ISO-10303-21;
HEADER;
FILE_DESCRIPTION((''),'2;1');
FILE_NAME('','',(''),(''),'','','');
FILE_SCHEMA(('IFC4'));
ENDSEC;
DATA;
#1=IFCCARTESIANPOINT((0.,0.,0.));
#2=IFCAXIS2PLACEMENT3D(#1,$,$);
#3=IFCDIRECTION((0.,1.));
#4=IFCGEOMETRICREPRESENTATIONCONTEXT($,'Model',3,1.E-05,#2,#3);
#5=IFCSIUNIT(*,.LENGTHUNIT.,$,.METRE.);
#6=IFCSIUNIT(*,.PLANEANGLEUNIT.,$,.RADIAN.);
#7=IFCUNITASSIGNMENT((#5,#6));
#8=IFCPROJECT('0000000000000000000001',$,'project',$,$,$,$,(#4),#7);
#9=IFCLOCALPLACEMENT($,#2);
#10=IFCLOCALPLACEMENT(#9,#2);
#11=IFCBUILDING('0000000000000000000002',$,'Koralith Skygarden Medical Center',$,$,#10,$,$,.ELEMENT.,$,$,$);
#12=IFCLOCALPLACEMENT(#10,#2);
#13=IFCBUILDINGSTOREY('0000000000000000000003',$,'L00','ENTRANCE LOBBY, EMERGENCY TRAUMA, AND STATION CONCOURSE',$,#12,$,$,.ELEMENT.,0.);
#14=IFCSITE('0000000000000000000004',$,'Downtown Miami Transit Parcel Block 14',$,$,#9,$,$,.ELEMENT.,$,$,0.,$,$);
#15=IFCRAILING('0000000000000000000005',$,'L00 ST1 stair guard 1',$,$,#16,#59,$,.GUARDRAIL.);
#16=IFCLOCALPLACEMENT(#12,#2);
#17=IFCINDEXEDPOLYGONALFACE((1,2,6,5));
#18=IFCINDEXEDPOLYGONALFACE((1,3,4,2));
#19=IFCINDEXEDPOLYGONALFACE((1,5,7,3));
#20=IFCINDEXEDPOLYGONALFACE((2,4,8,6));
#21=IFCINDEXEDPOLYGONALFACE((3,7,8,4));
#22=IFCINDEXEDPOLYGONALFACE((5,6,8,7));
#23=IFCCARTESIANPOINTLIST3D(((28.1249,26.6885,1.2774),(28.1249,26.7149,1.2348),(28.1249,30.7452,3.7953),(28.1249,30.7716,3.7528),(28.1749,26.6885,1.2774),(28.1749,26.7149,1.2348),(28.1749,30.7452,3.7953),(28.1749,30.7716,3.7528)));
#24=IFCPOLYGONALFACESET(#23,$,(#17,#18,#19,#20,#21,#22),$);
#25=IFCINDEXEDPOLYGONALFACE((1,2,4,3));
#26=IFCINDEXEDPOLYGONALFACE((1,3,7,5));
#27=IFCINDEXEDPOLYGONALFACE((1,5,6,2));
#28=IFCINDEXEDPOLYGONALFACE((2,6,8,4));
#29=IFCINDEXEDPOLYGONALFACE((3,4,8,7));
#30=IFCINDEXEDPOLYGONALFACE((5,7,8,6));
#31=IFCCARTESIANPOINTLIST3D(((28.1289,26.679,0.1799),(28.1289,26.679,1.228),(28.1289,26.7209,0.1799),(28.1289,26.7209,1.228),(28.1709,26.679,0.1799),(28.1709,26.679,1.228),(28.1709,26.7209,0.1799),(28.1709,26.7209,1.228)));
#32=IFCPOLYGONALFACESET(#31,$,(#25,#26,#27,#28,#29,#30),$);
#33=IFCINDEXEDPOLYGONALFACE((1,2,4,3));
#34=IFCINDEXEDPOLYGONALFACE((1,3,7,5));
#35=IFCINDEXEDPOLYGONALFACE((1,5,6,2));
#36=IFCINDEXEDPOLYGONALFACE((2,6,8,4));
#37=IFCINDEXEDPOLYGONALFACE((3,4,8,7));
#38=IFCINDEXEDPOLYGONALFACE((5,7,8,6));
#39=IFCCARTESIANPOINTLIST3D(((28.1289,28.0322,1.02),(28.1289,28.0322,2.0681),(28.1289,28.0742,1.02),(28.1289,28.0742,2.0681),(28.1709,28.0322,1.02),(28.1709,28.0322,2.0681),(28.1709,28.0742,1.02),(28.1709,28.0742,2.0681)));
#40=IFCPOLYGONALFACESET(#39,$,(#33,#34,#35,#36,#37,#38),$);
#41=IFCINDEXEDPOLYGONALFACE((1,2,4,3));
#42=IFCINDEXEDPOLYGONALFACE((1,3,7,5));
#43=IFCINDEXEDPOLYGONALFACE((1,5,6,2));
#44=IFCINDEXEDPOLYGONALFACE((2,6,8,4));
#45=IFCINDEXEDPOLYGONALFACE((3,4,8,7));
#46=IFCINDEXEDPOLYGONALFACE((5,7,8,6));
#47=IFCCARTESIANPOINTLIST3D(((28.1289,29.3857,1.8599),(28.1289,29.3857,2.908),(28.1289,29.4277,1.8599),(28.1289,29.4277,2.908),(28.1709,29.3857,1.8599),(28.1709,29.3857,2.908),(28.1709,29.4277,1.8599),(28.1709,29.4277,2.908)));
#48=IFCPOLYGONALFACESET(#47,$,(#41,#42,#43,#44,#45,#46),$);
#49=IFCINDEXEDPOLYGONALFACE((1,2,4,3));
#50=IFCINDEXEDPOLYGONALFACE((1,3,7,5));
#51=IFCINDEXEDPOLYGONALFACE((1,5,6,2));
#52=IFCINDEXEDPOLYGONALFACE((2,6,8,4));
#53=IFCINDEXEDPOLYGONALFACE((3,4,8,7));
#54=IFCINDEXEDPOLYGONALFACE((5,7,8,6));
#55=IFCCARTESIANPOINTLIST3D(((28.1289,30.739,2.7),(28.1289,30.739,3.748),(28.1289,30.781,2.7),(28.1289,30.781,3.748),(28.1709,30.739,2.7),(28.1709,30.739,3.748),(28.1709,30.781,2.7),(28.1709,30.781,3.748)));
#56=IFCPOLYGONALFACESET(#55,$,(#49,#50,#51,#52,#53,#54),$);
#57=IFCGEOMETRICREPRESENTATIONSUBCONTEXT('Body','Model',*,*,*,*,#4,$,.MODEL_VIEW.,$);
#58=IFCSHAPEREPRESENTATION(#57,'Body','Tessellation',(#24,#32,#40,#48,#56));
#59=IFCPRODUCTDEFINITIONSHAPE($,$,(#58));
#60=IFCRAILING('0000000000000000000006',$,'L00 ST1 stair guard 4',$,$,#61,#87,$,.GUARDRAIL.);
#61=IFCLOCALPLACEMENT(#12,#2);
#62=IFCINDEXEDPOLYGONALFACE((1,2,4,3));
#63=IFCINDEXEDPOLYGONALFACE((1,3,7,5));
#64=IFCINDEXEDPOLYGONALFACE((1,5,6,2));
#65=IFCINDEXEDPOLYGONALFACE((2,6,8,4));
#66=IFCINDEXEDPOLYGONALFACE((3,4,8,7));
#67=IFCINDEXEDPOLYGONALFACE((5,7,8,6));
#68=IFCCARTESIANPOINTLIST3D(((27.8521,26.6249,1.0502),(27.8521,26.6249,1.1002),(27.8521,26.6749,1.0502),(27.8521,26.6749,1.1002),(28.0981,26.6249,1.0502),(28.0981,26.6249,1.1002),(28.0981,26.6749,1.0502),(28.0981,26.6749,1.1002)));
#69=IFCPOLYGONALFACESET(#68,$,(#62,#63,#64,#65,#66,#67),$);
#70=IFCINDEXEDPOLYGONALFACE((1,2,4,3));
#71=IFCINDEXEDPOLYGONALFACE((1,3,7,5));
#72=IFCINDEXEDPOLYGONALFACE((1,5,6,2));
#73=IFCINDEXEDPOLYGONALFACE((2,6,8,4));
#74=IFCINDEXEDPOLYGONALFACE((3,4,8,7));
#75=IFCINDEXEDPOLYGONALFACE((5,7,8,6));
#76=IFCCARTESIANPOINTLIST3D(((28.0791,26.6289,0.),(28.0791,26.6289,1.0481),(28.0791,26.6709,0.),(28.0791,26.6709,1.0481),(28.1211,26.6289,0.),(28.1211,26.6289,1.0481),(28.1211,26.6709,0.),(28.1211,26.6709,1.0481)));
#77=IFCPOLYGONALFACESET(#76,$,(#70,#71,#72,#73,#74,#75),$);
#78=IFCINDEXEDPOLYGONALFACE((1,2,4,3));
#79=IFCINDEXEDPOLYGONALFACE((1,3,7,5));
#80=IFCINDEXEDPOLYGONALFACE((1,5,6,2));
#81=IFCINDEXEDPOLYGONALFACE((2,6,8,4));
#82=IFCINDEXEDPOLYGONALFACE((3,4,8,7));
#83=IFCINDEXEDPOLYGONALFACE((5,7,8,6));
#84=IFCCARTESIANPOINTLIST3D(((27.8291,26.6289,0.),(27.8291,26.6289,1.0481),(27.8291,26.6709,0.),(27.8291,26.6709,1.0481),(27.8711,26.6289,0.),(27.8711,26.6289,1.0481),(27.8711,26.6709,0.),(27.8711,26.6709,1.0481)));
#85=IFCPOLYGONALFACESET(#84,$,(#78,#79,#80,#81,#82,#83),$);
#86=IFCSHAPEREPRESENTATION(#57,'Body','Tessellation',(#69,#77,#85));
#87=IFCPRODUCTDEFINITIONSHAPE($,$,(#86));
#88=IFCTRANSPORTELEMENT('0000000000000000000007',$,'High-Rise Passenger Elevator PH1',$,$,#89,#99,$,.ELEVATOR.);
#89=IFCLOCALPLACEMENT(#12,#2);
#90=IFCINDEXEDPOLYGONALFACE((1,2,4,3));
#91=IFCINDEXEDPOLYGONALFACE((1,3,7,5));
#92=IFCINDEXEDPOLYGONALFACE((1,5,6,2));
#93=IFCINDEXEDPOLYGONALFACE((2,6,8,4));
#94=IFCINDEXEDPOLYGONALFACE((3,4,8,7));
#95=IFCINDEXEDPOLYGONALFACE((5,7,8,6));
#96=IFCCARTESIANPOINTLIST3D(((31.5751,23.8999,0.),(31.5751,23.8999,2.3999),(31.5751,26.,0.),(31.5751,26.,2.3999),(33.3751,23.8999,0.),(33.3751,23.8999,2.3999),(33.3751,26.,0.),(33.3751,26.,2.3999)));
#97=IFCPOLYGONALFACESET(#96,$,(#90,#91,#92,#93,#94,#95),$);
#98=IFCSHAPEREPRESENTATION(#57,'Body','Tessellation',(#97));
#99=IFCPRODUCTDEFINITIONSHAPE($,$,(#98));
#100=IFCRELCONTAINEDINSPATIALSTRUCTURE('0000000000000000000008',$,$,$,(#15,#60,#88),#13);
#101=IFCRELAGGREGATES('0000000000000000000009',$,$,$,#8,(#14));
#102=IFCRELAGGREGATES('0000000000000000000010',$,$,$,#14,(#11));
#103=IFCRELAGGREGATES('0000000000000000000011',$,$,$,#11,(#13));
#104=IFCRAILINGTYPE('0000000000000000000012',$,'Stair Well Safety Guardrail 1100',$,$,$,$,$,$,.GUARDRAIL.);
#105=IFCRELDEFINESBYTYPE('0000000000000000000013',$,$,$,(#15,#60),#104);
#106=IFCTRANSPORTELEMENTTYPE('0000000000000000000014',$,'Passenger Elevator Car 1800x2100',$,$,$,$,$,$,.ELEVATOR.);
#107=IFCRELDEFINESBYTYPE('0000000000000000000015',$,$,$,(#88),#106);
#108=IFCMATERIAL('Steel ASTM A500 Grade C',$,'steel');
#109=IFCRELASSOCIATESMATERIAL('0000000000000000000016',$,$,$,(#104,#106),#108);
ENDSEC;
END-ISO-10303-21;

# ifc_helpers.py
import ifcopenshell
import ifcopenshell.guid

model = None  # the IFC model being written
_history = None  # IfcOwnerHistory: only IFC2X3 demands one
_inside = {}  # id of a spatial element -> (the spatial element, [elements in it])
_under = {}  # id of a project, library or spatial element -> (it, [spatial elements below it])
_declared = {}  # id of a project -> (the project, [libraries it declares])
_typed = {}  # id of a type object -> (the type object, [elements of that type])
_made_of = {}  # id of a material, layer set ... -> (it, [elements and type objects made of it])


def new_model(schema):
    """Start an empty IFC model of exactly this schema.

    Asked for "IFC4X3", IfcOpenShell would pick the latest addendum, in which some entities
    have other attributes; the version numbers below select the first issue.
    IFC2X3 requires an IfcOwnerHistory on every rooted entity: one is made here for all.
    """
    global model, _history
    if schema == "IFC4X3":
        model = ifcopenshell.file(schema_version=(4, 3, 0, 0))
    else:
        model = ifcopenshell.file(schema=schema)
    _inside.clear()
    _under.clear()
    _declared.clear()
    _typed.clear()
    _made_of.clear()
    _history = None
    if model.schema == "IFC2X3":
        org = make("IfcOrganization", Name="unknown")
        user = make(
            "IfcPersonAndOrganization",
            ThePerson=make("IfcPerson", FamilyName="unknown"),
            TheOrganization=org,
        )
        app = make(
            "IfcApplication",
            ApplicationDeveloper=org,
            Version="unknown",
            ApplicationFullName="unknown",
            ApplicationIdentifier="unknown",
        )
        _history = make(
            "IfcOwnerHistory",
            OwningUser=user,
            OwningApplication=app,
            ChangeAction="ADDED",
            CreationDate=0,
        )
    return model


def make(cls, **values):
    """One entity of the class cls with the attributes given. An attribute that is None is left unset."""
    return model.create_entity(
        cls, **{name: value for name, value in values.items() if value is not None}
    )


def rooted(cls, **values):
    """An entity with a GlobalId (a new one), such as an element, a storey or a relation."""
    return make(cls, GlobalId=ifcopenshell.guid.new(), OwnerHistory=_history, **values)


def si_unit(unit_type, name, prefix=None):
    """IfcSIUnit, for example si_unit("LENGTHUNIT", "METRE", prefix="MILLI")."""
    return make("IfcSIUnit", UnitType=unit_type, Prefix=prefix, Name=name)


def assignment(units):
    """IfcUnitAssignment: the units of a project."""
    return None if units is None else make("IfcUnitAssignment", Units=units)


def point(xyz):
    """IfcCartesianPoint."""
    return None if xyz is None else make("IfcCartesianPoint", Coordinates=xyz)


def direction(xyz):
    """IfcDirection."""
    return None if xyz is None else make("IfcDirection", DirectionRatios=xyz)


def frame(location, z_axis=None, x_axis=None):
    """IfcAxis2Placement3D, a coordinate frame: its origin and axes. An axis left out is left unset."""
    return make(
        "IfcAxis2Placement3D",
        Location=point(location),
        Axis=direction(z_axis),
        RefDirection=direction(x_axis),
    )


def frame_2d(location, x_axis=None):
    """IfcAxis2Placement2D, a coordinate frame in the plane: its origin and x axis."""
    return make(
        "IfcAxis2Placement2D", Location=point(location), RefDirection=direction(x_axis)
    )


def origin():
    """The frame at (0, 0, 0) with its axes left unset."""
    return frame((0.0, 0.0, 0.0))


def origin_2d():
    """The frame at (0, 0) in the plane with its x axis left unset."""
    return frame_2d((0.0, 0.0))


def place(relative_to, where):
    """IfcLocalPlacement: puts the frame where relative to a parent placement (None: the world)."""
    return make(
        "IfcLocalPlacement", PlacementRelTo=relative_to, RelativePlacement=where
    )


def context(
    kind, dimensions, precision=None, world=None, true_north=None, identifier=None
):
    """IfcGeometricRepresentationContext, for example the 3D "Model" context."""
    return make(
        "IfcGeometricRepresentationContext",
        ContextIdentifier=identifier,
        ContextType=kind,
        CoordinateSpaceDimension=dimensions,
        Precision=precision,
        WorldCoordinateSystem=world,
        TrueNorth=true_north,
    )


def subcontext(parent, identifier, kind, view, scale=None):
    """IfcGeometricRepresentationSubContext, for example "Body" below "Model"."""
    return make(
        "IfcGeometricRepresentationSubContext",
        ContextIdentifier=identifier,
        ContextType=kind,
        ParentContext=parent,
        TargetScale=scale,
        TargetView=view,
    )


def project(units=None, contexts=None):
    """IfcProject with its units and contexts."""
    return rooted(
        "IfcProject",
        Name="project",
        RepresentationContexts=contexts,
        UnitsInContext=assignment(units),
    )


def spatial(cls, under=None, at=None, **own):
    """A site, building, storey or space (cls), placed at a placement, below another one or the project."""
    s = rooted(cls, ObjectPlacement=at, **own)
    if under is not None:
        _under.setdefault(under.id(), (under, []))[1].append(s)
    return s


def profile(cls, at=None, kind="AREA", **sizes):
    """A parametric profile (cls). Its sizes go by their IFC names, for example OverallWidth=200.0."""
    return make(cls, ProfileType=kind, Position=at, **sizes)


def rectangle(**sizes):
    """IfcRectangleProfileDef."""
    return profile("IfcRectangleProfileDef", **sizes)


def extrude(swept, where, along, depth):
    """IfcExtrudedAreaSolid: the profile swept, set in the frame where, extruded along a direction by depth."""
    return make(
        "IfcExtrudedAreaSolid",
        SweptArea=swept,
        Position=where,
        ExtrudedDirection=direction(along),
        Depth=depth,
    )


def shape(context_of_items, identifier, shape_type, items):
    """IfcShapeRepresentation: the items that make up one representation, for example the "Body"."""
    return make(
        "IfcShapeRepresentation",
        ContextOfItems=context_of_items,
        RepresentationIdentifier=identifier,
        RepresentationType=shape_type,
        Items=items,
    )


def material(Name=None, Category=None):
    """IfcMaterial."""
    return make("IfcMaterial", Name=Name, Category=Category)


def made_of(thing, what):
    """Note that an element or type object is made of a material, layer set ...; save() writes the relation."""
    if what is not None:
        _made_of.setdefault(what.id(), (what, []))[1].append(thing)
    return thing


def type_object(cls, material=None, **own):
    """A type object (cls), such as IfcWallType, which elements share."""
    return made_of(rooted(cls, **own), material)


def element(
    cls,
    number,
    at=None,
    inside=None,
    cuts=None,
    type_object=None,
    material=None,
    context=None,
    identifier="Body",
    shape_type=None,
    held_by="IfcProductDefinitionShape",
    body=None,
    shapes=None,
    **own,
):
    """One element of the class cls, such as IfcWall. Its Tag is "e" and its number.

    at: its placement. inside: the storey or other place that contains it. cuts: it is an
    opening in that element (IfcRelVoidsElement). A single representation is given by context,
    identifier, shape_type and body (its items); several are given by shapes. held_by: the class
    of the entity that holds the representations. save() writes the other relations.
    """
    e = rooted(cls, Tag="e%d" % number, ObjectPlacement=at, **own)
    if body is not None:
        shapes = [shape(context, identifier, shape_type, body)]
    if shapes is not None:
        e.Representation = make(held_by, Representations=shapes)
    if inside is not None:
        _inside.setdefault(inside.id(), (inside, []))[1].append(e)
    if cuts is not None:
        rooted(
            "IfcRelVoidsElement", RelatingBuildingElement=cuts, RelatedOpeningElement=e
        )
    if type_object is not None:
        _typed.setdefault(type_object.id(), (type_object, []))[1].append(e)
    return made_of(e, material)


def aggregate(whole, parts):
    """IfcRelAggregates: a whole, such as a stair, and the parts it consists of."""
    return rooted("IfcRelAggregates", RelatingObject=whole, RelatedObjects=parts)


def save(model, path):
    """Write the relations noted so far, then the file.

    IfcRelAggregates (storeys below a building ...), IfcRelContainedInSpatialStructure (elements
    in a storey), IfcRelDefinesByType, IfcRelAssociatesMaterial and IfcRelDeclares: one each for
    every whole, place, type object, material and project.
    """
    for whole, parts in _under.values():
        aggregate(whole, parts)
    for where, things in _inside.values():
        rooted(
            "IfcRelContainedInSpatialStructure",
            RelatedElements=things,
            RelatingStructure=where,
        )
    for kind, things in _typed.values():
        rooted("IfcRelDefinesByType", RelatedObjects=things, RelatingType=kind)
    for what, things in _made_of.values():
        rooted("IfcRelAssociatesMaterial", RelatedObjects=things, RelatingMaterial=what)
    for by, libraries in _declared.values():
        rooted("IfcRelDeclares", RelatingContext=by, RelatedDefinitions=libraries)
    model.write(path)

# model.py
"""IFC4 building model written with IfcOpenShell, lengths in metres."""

from ifc_helpers import new_model, si_unit, direction, frame, origin, origin_2d, place, context, subcontext, project, spatial, rectangle, extrude, material, type_object, element, save


model = new_model("IFC4")

# Units and contexts
model_context = context("Model", 3, precision=1e-05, world=origin(), true_north=direction((0.0, 1.0)))
body_context = subcontext(model_context, "Body", "Model", "MODEL_VIEW")
ifc_project = project(units=[si_unit("LENGTHUNIT", "METRE"), si_unit("PLANEANGLEUNIT", "RADIAN")], contexts=[model_context])

# Site, building, storey
site_placement = place(None, origin())
site = spatial("IfcSite", under=ifc_project, at=site_placement, Name="Downtown Miami Transit Parcel Block 14", CompositionType="ELEMENT", RefElevation=0.0)
building_placement = place(site_placement, origin())
building = spatial("IfcBuilding", under=site, at=building_placement, Name="Koralith Skygarden Medical Center", CompositionType="ELEMENT")
storey_placement = place(building_placement, origin())
storey = spatial("IfcBuildingStorey", under=building, at=storey_placement, Name="L00", Description="ENTRANCE LOBBY, EMERGENCY TRAUMA, AND STATION CONCOURSE", CompositionType="ELEMENT", Elevation=0.0)

# Shared definitions
ifc_material_1 = material(Name="Steel ASTM A500 Grade C", Category="steel")

# Railings
railing_type_1 = type_object("IfcRailingType", Name="Stair Well Safety Guardrail 1100", PredefinedType="GUARDRAIL", material=ifc_material_1)
railing_1_placement = place(storey_placement, frame((28.1499, 26.7, 0.1799)))
element("IfcRailing", 1, at=railing_1_placement, inside=storey, type_object=railing_type_1, Name="L00 ST1 stair guard 1", PredefinedType="GUARDRAIL", context=body_context, shape_type="SweptSolid", body=[
    extrude(rectangle(XDim=0.05, YDim=0.05, at=origin_2d()), frame((0.0, 0.0017, 1.0762), z_axis=(0.0, 0.849642, 0.52736), x_axis=(-1.0, 0.0, 0.0)), (0.0, 0.0, 1.0), 4.7747),
    extrude(rectangle(XDim=0.042, YDim=0.042, at=origin_2d()), origin(), (0.0, 0.0, 1.0), 1.0481),
    extrude(rectangle(XDim=0.042, YDim=0.042, at=origin_2d()), frame((0.0, 1.3533, 0.8401)), (0.0, 0.0, 1.0), 1.0481),
    extrude(rectangle(XDim=0.042, YDim=0.042, at=origin_2d()), frame((0.0, 2.7068, 1.6799)), (0.0, 0.0, 1.0), 1.0481),
    extrude(rectangle(XDim=0.042, YDim=0.042, at=origin_2d()), frame((0.0, 4.0601, 2.52)), (0.0, 0.0, 1.0), 1.0481),
])
railing_2_placement = place(storey_placement, frame((28.1001, 26.6499, 0.0)))
element("IfcRailing", 2, at=railing_2_placement, inside=storey, type_object=railing_type_1, Name="L00 ST1 stair guard 4", PredefinedType="GUARDRAIL", context=body_context, shape_type="SweptSolid", body=[
    extrude(rectangle(XDim=0.05, YDim=0.05, at=origin_2d()), frame((-0.002, 0.0, 1.0752), z_axis=(-1.0, 0.0, 0.0), x_axis=(0.0, -1.0, 0.0)), (0.0, 0.0, 1.0), 0.2461),
    extrude(rectangle(XDim=0.042, YDim=0.042, at=origin_2d()), origin(), (0.0, 0.0, 1.0), 1.0481),
    extrude(rectangle(XDim=0.042, YDim=0.042, at=origin_2d()), frame((-0.25, 0.0, 0.0)), (0.0, 0.0, 1.0), 1.0481),
])

# Transport element
transport_element_type = type_object("IfcTransportElementType", Name="Passenger Elevator Car 1800x2100", PredefinedType="ELEVATOR", material=ifc_material_1)
transport_element_placement = place(storey_placement, frame((32.4751, 24.95, 0.0), z_axis=(0.0, 0.0, 1.0), x_axis=(1.0, 0.0, 0.0)))
element("IfcTransportElement", 3, at=transport_element_placement, inside=storey, type_object=transport_element_type, Name="High-Rise Passenger Elevator PH1", PredefinedType="ELEVATOR", context=body_context, shape_type="SweptSolid", body=[
    extrude(rectangle(XDim=1.8, YDim=2.1001, at=origin_2d()), origin(), (0.0, 0.0, 1.0), 2.3999),
])

save(model, "model.ifc")
